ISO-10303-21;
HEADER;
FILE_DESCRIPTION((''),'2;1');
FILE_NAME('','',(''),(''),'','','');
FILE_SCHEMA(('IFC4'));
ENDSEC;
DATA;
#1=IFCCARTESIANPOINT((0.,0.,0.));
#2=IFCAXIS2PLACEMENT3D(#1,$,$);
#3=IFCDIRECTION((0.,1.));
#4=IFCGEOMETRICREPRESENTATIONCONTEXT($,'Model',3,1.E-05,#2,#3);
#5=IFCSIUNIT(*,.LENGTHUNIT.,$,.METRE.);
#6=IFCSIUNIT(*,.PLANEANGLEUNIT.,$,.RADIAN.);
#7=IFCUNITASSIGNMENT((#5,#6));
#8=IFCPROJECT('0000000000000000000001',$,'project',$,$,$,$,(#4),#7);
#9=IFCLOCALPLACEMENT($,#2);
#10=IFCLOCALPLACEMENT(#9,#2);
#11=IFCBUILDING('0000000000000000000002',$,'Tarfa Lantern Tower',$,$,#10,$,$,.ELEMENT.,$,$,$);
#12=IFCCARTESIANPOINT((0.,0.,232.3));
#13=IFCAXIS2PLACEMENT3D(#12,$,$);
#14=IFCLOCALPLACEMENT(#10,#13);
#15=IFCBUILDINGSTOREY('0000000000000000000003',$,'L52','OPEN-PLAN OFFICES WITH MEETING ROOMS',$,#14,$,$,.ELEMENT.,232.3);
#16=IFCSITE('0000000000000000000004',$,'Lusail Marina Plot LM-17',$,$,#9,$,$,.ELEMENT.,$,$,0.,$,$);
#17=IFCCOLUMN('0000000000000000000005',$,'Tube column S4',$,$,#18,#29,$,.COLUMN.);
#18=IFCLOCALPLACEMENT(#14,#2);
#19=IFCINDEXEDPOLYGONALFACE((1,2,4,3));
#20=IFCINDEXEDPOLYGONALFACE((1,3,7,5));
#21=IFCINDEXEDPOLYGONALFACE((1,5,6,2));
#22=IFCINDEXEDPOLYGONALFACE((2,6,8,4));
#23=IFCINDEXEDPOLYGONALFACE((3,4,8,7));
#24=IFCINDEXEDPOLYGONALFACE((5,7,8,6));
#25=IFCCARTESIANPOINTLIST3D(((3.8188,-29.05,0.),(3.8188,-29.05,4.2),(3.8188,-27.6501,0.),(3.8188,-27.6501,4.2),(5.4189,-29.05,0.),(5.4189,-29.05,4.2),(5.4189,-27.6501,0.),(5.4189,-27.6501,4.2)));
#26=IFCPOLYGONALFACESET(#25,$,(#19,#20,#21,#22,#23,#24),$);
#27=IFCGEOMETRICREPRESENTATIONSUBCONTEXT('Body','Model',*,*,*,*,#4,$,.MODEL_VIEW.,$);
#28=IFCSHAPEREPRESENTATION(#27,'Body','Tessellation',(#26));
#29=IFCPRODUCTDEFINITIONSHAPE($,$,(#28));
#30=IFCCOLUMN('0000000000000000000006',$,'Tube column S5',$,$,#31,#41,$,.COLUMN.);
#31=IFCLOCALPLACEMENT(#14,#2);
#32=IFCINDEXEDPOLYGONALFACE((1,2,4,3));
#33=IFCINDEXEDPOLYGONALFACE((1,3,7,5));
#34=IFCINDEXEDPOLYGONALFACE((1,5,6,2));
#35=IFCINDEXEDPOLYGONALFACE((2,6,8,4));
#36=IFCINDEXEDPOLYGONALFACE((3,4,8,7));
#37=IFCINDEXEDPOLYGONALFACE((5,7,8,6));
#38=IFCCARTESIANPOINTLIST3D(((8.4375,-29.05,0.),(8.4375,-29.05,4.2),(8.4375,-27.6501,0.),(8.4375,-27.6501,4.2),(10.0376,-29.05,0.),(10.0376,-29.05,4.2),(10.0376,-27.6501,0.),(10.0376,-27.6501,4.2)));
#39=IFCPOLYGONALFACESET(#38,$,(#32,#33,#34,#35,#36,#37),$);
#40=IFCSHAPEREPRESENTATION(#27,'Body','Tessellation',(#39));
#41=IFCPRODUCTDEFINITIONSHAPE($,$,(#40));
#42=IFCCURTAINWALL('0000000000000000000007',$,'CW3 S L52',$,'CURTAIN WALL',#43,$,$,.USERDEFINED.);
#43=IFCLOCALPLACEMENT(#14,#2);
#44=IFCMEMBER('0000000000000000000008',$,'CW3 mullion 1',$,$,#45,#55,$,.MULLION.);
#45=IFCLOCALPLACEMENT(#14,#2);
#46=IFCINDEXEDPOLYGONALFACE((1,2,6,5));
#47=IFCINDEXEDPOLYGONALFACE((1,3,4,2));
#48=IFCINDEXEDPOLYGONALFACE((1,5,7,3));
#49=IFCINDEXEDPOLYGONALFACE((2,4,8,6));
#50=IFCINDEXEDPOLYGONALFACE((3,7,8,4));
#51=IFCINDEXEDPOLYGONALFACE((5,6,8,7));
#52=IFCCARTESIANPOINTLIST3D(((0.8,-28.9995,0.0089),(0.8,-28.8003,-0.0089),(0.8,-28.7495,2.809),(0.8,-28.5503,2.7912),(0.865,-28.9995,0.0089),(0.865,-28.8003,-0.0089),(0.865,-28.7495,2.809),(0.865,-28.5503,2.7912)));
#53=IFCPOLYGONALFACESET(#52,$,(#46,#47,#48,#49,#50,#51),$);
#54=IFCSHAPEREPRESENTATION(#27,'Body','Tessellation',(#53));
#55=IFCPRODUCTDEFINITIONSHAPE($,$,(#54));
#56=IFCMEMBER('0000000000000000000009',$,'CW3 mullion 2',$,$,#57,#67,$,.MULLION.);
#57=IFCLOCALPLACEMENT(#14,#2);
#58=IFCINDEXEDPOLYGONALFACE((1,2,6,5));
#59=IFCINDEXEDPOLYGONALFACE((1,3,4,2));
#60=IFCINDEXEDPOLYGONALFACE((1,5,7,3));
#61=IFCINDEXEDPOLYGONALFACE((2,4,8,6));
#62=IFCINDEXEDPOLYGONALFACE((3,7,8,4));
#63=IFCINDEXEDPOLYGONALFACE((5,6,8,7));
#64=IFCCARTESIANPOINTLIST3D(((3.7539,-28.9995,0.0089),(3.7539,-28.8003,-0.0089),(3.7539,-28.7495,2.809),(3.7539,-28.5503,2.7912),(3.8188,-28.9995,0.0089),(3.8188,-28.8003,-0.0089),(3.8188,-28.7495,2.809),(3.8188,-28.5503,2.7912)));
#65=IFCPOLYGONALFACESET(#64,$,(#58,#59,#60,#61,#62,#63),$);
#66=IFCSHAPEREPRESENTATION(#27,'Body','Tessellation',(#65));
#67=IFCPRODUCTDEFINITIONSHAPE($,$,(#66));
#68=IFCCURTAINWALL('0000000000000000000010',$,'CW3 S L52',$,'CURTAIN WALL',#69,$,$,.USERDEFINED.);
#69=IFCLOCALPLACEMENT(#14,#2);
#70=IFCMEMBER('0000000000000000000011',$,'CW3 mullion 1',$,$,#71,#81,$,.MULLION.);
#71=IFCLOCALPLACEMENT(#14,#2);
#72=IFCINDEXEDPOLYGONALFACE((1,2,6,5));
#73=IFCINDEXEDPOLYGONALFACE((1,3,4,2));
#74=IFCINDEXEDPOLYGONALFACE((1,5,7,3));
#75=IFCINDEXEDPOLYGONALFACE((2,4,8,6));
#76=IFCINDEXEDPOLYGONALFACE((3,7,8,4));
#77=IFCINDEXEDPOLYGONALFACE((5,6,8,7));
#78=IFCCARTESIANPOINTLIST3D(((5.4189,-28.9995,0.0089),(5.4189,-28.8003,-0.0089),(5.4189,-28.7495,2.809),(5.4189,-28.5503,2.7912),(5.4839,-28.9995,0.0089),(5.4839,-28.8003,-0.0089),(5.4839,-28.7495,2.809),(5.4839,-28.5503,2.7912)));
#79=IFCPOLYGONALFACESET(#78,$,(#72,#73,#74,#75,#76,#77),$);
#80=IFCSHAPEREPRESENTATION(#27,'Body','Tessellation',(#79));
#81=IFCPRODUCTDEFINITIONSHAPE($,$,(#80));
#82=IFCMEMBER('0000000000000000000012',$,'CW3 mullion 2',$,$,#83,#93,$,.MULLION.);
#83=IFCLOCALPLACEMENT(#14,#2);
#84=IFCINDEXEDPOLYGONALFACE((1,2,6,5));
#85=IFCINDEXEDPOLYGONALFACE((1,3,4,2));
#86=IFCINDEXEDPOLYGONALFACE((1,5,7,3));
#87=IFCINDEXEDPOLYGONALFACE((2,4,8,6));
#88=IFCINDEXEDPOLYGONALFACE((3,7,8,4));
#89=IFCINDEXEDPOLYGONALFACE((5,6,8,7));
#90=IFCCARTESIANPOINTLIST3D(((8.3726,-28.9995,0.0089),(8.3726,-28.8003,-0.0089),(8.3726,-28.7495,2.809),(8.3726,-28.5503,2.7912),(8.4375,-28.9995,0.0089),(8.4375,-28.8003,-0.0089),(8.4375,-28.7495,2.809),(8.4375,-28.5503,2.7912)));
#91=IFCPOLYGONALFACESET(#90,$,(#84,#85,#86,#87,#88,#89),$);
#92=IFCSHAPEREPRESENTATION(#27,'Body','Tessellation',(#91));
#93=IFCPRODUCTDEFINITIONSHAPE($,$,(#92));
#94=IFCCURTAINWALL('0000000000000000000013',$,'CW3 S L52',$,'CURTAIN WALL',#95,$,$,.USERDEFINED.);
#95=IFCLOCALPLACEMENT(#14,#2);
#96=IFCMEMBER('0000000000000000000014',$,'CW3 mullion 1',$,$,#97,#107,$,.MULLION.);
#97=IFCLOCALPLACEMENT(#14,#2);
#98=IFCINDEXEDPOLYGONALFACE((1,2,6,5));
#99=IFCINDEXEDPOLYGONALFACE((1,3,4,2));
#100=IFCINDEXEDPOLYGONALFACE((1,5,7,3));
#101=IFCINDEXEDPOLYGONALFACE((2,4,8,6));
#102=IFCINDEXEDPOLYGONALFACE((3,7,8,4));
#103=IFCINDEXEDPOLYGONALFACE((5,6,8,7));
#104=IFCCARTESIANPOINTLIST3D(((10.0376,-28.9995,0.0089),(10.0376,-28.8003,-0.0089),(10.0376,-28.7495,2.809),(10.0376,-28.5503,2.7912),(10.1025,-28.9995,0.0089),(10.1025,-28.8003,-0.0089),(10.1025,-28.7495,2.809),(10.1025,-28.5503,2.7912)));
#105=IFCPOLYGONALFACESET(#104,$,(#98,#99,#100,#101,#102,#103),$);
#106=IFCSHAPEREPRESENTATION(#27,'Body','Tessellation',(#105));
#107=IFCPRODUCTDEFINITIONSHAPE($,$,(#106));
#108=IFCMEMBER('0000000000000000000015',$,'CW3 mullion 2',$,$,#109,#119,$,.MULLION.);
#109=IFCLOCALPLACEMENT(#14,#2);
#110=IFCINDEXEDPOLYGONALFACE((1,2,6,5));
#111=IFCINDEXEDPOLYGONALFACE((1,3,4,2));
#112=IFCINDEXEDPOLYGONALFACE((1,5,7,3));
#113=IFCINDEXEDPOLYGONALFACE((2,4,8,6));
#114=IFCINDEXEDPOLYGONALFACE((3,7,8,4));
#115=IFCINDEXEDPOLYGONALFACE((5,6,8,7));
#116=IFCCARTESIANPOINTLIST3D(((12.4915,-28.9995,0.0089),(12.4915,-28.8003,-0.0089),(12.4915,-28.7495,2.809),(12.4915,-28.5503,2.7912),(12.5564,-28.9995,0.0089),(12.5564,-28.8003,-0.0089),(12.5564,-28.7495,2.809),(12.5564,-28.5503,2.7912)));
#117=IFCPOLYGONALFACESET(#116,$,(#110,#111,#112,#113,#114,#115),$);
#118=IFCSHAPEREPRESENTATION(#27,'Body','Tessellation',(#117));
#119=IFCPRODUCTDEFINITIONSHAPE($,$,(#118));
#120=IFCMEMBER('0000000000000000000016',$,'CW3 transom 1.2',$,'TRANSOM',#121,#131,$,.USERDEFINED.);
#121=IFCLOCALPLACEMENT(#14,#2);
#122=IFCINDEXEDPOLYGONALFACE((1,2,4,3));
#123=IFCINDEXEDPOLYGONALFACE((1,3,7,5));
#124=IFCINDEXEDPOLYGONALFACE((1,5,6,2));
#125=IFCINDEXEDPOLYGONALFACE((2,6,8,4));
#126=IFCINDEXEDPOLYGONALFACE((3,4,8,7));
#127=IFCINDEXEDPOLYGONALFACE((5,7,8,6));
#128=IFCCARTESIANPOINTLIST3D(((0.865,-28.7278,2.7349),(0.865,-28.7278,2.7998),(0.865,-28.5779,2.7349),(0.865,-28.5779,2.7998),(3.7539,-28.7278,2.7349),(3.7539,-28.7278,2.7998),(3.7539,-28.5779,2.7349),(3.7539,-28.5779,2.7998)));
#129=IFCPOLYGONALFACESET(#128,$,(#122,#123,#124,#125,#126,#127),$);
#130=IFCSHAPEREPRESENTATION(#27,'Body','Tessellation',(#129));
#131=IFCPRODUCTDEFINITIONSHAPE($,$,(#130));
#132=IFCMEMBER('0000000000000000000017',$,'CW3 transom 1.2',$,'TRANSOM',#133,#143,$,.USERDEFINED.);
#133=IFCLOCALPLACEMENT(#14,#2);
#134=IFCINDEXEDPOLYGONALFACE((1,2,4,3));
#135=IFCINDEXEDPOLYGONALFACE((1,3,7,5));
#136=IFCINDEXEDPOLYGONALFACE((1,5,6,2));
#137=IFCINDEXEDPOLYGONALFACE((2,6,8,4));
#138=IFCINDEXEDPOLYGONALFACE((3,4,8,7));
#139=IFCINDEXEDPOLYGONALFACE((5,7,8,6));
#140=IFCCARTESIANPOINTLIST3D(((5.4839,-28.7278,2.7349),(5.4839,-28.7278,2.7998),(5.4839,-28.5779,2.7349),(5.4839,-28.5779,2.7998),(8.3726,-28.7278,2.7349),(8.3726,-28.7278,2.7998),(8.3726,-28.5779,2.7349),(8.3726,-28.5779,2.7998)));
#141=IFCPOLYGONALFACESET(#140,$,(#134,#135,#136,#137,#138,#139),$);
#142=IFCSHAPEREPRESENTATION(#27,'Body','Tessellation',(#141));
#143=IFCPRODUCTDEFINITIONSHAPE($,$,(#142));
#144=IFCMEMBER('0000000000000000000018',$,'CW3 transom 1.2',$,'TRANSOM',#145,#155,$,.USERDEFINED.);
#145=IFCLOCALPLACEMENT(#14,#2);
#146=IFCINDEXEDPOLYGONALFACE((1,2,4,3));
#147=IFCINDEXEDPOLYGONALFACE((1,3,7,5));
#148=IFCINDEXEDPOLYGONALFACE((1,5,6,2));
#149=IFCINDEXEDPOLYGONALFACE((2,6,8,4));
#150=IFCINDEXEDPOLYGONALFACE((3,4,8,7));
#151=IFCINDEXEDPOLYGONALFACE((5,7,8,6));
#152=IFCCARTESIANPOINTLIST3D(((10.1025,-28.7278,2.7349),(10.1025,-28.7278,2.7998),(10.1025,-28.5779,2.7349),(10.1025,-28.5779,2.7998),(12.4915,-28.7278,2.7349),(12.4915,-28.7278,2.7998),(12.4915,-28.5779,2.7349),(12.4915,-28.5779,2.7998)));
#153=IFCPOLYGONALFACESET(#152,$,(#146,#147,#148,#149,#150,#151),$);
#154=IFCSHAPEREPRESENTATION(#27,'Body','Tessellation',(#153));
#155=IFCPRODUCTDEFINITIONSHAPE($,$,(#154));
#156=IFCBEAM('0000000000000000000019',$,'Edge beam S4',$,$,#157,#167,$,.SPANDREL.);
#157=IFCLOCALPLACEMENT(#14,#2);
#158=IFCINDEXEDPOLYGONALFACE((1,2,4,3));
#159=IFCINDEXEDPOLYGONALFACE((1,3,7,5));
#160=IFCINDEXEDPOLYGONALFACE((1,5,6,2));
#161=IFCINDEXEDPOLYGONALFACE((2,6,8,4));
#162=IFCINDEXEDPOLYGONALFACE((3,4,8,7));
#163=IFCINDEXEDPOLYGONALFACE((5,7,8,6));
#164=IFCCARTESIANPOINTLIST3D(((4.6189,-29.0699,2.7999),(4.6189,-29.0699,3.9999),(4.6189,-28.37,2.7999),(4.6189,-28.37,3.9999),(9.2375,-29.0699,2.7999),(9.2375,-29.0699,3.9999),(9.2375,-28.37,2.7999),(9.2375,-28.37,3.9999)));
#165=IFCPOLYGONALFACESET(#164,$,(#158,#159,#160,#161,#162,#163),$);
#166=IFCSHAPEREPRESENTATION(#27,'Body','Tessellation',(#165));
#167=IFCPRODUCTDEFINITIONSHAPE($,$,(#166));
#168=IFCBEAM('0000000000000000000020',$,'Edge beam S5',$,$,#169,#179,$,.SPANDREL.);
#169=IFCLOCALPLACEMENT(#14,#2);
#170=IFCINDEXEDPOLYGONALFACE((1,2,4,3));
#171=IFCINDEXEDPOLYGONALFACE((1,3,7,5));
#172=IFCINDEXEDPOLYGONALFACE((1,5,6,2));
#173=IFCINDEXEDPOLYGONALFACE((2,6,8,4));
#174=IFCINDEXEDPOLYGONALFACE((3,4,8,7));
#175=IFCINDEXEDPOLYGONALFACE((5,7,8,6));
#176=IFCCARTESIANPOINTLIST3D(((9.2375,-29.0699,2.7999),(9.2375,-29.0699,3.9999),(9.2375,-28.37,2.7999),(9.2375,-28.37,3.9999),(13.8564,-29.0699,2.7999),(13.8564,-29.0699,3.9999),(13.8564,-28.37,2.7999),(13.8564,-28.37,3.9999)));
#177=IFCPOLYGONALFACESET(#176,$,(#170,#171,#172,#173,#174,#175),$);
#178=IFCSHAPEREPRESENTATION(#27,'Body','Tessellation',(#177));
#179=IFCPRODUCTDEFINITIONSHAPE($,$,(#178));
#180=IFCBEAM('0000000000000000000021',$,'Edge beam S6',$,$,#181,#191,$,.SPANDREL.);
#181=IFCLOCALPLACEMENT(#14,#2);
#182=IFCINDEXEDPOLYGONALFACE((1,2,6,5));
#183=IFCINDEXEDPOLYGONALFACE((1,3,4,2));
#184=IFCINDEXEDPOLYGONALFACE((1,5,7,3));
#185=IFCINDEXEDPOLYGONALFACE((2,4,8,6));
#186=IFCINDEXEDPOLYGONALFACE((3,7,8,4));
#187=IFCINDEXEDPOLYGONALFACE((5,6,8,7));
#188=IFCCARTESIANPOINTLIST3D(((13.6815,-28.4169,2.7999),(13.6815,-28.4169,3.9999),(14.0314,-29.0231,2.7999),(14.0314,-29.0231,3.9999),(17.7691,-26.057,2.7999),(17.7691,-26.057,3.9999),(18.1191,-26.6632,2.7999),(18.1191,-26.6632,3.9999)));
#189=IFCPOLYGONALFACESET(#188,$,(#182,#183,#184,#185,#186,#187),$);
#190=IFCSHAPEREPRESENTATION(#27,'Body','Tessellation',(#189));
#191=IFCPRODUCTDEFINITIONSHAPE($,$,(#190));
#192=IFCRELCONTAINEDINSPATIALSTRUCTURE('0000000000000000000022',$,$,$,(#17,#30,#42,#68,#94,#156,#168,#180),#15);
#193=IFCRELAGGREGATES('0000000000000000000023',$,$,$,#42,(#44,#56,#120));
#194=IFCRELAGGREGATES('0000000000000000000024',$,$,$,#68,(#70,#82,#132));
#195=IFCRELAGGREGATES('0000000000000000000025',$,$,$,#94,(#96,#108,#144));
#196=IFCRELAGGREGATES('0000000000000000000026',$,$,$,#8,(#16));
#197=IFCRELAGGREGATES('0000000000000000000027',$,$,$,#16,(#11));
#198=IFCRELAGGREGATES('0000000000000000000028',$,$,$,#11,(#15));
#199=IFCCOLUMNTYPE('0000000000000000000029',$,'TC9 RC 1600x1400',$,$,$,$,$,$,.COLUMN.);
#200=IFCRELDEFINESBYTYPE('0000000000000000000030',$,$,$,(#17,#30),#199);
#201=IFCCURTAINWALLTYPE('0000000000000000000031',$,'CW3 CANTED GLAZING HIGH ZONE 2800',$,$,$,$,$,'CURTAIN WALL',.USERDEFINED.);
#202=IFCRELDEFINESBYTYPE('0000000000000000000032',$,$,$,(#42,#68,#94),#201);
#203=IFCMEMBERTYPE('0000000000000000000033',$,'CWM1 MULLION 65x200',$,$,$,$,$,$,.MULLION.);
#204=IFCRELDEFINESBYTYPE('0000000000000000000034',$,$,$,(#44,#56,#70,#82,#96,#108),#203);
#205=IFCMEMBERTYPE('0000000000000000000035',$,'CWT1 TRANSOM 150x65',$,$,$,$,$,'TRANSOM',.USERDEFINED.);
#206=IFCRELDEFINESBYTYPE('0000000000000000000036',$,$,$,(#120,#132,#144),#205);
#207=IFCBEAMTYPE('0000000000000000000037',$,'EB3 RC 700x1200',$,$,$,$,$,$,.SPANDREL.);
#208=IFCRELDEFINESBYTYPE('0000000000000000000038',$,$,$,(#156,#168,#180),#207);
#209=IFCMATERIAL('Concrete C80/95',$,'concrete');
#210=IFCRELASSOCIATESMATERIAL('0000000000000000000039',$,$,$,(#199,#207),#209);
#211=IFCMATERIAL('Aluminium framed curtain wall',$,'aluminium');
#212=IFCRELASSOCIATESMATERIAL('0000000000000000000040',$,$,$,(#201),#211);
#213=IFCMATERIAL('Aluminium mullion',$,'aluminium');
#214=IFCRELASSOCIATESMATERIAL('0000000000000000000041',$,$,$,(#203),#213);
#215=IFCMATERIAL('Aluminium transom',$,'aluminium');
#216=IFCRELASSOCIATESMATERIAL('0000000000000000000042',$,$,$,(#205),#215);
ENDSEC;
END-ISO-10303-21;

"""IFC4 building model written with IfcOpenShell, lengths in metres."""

from ifc_helpers import new_model, si_unit, direction, frame, origin, origin_2d, place, context, subcontext, project, spatial, rectangle, extrude, material, material_profile, profile_set, type_object, element, aggregate, save


model = new_model("IFC4")

# Units and contexts
model_context = context("Model", 3, precision=1e-05, world=origin(), true_north=direction((0.0, 1.0)))
body_context = subcontext(model_context, "Body", "Model", "MODEL_VIEW")
ifc_project = project(units=[si_unit("LENGTHUNIT", "METRE"), si_unit("PLANEANGLEUNIT", "RADIAN")], contexts=[model_context])

# Site, building, storey
site_placement = place(None, origin())
site = spatial("IfcSite", under=ifc_project, at=site_placement, Name="Lusail Marina Plot LM-17", CompositionType="ELEMENT", RefElevation=0.0)
building_placement = place(site_placement, origin())
building = spatial("IfcBuilding", under=site, at=building_placement, Name="Tarfa Lantern Tower", CompositionType="ELEMENT")
storey_placement = place(building_placement, frame((0.0, 0.0, 232.3)))
storey = spatial("IfcBuildingStorey", under=building, at=storey_placement, Name="L52", Description="OPEN-PLAN OFFICES WITH MEETING ROOMS", CompositionType="ELEMENT", Elevation=232.3)

# Columns
ifc_material_1 = material(Name="Concrete C80/95", Category="concrete")
ifc_material_profile_1 = material_profile(ifc_material_1, rectangle(XDim=1.6001, YDim=1.3999, at=origin_2d()), Name="RC 1600x1400")
ifc_profile_set_1 = profile_set([ifc_material_profile_1], Name="Concrete C80/95")
column_type = type_object("IfcColumnType", Name="TC9 RC 1600x1400", PredefinedType="COLUMN", material=ifc_profile_set_1)
for number, where, z_axis, x_axis, name in (
    (1, (4.6189, -28.3501, 0.0), (0.0, 0.0, 1.0), (1.0, 0.0, 0.0), "Tube column S4"),
    (2, (9.2375, -28.3501, 0.0), (0.0, 0.0, 1.0), (1.0, 0.0, 0.0), "Tube column S5"),
):
    element("IfcColumn", number, at=place(storey_placement, frame(where, z_axis=z_axis, x_axis=x_axis)), inside=storey, type_object=column_type, Name=name, PredefinedType="COLUMN", context=body_context, shape_type="SweptSolid", body=[
        extrude(rectangle(XDim=1.6001, YDim=1.3999, at=origin_2d()), origin(), (0.0, 0.0, 1.0), 4.2),
    ])

# Curtain walls, members
ifc_material_2 = material(Name="Aluminium framed curtain wall", Category="aluminium")
curtain_wall_type = type_object("IfcCurtainWallType", Name="CW3 CANTED GLAZING HIGH ZONE 2800", ElementType="CURTAIN WALL", PredefinedType="USERDEFINED", material=ifc_material_2)
curtain_wall_1_placement = place(storey_placement, origin())
curtain_wall_1 = element("IfcCurtainWall", 3, at=curtain_wall_1_placement, inside=storey, type_object=curtain_wall_type, Name="CW3 S L52", ObjectType="CURTAIN WALL", PredefinedType="USERDEFINED")
ifc_material_3 = material(Name="Aluminium mullion", Category="aluminium")
ifc_material_profile_2 = material_profile(ifc_material_3, rectangle(XDim=0.0649, YDim=0.2, at=origin_2d()), Name="AL MULLION 65x200")
ifc_profile_set_2 = profile_set([ifc_material_profile_2], Name="Aluminium mullion")
member_type_1 = type_object("IfcMemberType", Name="CWM1 MULLION 65x200", PredefinedType="MULLION", material=ifc_profile_set_2)
member_1_placement = place(storey_placement, frame((0.8325, -28.8999, 0.0), z_axis=(0.0, 0.08893, 0.996038), x_axis=(-1.0, 0.0, 0.0)))
member_1 = element("IfcMember", 4, at=member_1_placement, type_object=member_type_1, Name="CW3 mullion 1", PredefinedType="MULLION", context=body_context, shape_type="SweptSolid", body=[
    extrude(rectangle(XDim=0.0649, YDim=0.2, at=origin_2d()), origin(), (0.0, 0.0, 1.0), 2.8113),
])
member_2_placement = place(storey_placement, frame((3.7864, -28.8999, 0.0), z_axis=(0.0, 0.08893, 0.996038), x_axis=(-1.0, 0.0, 0.0)))
member_2 = element("IfcMember", 5, at=member_2_placement, type_object=member_type_1, Name="CW3 mullion 2", PredefinedType="MULLION", context=body_context, shape_type="SweptSolid", body=[
    extrude(rectangle(XDim=0.0649, YDim=0.2, at=origin_2d()), origin(), (0.0, 0.0, 1.0), 2.8113),
])
curtain_wall_2_placement = place(storey_placement, origin())
curtain_wall_2 = element("IfcCurtainWall", 6, at=curtain_wall_2_placement, inside=storey, type_object=curtain_wall_type, Name="CW3 S L52", ObjectType="CURTAIN WALL", PredefinedType="USERDEFINED")
member_3_placement = place(storey_placement, frame((5.4514, -28.8999, 0.0), z_axis=(0.0, 0.08893, 0.996038), x_axis=(-1.0, 0.0, 0.0)))
member_3 = element("IfcMember", 7, at=member_3_placement, type_object=member_type_1, Name="CW3 mullion 1", PredefinedType="MULLION", context=body_context, shape_type="SweptSolid", body=[
    extrude(rectangle(XDim=0.0649, YDim=0.2, at=origin_2d()), origin(), (0.0, 0.0, 1.0), 2.8113),
])
member_4_placement = place(storey_placement, frame((8.405, -28.8999, 0.0), z_axis=(0.0, 0.08893, 0.996038), x_axis=(-1.0, 0.0, 0.0)))
member_4 = element("IfcMember", 8, at=member_4_placement, type_object=member_type_1, Name="CW3 mullion 2", PredefinedType="MULLION", context=body_context, shape_type="SweptSolid", body=[
    extrude(rectangle(XDim=0.0649, YDim=0.2, at=origin_2d()), origin(), (0.0, 0.0, 1.0), 2.8113),
])
curtain_wall_3_placement = place(storey_placement, origin())
curtain_wall_3 = element("IfcCurtainWall", 9, at=curtain_wall_3_placement, inside=storey, type_object=curtain_wall_type, Name="CW3 S L52", ObjectType="CURTAIN WALL", PredefinedType="USERDEFINED")
member_5_placement = place(storey_placement, frame((10.0701, -28.8999, 0.0), z_axis=(0.0, 0.08893, 0.996038), x_axis=(-1.0, 0.0, 0.0)))
member_5 = element("IfcMember", 10, at=member_5_placement, type_object=member_type_1, Name="CW3 mullion 1", PredefinedType="MULLION", context=body_context, shape_type="SweptSolid", body=[
    extrude(rectangle(XDim=0.0649, YDim=0.2, at=origin_2d()), origin(), (0.0, 0.0, 1.0), 2.8113),
])
member_6_placement = place(storey_placement, frame((12.5239, -28.8999, 0.0), z_axis=(0.0, 0.08893, 0.996038), x_axis=(-1.0, 0.0, 0.0)))
member_6 = element("IfcMember", 11, at=member_6_placement, type_object=member_type_1, Name="CW3 mullion 2", PredefinedType="MULLION", context=body_context, shape_type="SweptSolid", body=[
    extrude(rectangle(XDim=0.0649, YDim=0.2, at=origin_2d()), origin(), (0.0, 0.0, 1.0), 2.8113),
])

# Members
ifc_material_4 = material(Name="Aluminium transom", Category="aluminium")
ifc_material_profile_3 = material_profile(ifc_material_4, rectangle(XDim=0.1499, YDim=0.0649, at=origin_2d()), Name="AL TRANSOM 150x65")
ifc_profile_set_3 = profile_set([ifc_material_profile_3], Name="Aluminium transom")
member_type_2 = type_object("IfcMemberType", Name="CWT1 TRANSOM 150x65", ElementType="TRANSOM", PredefinedType="USERDEFINED", material=ifc_profile_set_3)
member_7_placement = place(storey_placement, frame((0.865, -28.6528, 2.7673), z_axis=(1.0, 0.0, 0.0), x_axis=(0.0, 1.0, 0.0)))
member_7 = element("IfcMember", 12, at=member_7_placement, type_object=member_type_2, Name="CW3 transom 1.2", ObjectType="TRANSOM", PredefinedType="USERDEFINED", context=body_context, shape_type="SweptSolid", body=[
    extrude(rectangle(XDim=0.1499, YDim=0.0649, at=origin_2d()), origin(), (0.0, 0.0, 1.0), 2.8889),
])
member_8_placement = place(storey_placement, frame((5.4839, -28.6528, 2.7673), z_axis=(1.0, 0.0, 0.0), x_axis=(0.0, 1.0, 0.0)))
member_8 = element("IfcMember", 13, at=member_8_placement, type_object=member_type_2, Name="CW3 transom 1.2", ObjectType="TRANSOM", PredefinedType="USERDEFINED", context=body_context, shape_type="SweptSolid", body=[
    extrude(rectangle(XDim=0.1499, YDim=0.0649, at=origin_2d()), origin(), (0.0, 0.0, 1.0), 2.8887),
])
member_9_placement = place(storey_placement, frame((10.1025, -28.6528, 2.7673), z_axis=(1.0, 0.0, 0.0), x_axis=(0.0, 1.0, 0.0)))
member_9 = element("IfcMember", 14, at=member_9_placement, type_object=member_type_2, Name="CW3 transom 1.2", ObjectType="TRANSOM", PredefinedType="USERDEFINED", context=body_context, shape_type="SweptSolid", body=[
    extrude(rectangle(XDim=0.1499, YDim=0.0649, at=origin_2d()), origin(), (0.0, 0.0, 1.0), 2.3889),
])

# Beams
ifc_material_profile_4 = material_profile(ifc_material_1, rectangle(XDim=0.7, YDim=1.2, at=origin_2d()), Name="RC 700x1200")
ifc_profile_set_4 = profile_set([ifc_material_profile_4], Name="Concrete C80/95")
beam_type_1 = type_object("IfcBeamType", Name="EB3 RC 700x1200", PredefinedType="SPANDREL", material=ifc_profile_set_4)
beam_1_placement = place(storey_placement, frame((4.6189, -28.72, 3.3999), z_axis=(1.0, 0.0, 0.0), x_axis=(0.0, 1.0, 0.0)))
element("IfcBeam", 15, at=beam_1_placement, inside=storey, type_object=beam_type_1, Name="Edge beam S4", PredefinedType="SPANDREL", context=body_context, shape_type="SweptSolid", body=[
    extrude(rectangle(XDim=0.7, YDim=1.2, at=origin_2d()), origin(), (0.0, 0.0, 1.0), 4.6187),
])
beam_2_placement = place(storey_placement, frame((9.2375, -28.72, 3.3999), z_axis=(1.0, 0.0, 0.0), x_axis=(0.0, 1.0, 0.0)))
element("IfcBeam", 16, at=beam_2_placement, inside=storey, type_object=beam_type_1, Name="Edge beam S5", PredefinedType="SPANDREL", context=body_context, shape_type="SweptSolid", body=[
    extrude(rectangle(XDim=0.7, YDim=1.2, at=origin_2d()), origin(), (0.0, 0.0, 1.0), 4.6189),
])
beam_3_placement = place(storey_placement, frame((13.8564, -28.72, 3.3999), z_axis=(0.866038, 0.499978, 0.0), x_axis=(-0.499978, 0.866038, 0.0)))
element("IfcBeam", 17, at=beam_3_placement, inside=storey, type_object=beam_type_1, Name="Edge beam S6", PredefinedType="SPANDREL", context=body_context, shape_type="SweptSolid", body=[
    extrude(rectangle(XDim=0.7, YDim=1.2, at=origin_2d()), origin(), (0.0, 0.0, 1.0), 4.72),
])

aggregate(curtain_wall_1, [member_1, member_2, member_7])
aggregate(curtain_wall_2, [member_3, member_4, member_8])
aggregate(curtain_wall_3, [member_5, member_6, member_9])

save(model, "model.ifc")
